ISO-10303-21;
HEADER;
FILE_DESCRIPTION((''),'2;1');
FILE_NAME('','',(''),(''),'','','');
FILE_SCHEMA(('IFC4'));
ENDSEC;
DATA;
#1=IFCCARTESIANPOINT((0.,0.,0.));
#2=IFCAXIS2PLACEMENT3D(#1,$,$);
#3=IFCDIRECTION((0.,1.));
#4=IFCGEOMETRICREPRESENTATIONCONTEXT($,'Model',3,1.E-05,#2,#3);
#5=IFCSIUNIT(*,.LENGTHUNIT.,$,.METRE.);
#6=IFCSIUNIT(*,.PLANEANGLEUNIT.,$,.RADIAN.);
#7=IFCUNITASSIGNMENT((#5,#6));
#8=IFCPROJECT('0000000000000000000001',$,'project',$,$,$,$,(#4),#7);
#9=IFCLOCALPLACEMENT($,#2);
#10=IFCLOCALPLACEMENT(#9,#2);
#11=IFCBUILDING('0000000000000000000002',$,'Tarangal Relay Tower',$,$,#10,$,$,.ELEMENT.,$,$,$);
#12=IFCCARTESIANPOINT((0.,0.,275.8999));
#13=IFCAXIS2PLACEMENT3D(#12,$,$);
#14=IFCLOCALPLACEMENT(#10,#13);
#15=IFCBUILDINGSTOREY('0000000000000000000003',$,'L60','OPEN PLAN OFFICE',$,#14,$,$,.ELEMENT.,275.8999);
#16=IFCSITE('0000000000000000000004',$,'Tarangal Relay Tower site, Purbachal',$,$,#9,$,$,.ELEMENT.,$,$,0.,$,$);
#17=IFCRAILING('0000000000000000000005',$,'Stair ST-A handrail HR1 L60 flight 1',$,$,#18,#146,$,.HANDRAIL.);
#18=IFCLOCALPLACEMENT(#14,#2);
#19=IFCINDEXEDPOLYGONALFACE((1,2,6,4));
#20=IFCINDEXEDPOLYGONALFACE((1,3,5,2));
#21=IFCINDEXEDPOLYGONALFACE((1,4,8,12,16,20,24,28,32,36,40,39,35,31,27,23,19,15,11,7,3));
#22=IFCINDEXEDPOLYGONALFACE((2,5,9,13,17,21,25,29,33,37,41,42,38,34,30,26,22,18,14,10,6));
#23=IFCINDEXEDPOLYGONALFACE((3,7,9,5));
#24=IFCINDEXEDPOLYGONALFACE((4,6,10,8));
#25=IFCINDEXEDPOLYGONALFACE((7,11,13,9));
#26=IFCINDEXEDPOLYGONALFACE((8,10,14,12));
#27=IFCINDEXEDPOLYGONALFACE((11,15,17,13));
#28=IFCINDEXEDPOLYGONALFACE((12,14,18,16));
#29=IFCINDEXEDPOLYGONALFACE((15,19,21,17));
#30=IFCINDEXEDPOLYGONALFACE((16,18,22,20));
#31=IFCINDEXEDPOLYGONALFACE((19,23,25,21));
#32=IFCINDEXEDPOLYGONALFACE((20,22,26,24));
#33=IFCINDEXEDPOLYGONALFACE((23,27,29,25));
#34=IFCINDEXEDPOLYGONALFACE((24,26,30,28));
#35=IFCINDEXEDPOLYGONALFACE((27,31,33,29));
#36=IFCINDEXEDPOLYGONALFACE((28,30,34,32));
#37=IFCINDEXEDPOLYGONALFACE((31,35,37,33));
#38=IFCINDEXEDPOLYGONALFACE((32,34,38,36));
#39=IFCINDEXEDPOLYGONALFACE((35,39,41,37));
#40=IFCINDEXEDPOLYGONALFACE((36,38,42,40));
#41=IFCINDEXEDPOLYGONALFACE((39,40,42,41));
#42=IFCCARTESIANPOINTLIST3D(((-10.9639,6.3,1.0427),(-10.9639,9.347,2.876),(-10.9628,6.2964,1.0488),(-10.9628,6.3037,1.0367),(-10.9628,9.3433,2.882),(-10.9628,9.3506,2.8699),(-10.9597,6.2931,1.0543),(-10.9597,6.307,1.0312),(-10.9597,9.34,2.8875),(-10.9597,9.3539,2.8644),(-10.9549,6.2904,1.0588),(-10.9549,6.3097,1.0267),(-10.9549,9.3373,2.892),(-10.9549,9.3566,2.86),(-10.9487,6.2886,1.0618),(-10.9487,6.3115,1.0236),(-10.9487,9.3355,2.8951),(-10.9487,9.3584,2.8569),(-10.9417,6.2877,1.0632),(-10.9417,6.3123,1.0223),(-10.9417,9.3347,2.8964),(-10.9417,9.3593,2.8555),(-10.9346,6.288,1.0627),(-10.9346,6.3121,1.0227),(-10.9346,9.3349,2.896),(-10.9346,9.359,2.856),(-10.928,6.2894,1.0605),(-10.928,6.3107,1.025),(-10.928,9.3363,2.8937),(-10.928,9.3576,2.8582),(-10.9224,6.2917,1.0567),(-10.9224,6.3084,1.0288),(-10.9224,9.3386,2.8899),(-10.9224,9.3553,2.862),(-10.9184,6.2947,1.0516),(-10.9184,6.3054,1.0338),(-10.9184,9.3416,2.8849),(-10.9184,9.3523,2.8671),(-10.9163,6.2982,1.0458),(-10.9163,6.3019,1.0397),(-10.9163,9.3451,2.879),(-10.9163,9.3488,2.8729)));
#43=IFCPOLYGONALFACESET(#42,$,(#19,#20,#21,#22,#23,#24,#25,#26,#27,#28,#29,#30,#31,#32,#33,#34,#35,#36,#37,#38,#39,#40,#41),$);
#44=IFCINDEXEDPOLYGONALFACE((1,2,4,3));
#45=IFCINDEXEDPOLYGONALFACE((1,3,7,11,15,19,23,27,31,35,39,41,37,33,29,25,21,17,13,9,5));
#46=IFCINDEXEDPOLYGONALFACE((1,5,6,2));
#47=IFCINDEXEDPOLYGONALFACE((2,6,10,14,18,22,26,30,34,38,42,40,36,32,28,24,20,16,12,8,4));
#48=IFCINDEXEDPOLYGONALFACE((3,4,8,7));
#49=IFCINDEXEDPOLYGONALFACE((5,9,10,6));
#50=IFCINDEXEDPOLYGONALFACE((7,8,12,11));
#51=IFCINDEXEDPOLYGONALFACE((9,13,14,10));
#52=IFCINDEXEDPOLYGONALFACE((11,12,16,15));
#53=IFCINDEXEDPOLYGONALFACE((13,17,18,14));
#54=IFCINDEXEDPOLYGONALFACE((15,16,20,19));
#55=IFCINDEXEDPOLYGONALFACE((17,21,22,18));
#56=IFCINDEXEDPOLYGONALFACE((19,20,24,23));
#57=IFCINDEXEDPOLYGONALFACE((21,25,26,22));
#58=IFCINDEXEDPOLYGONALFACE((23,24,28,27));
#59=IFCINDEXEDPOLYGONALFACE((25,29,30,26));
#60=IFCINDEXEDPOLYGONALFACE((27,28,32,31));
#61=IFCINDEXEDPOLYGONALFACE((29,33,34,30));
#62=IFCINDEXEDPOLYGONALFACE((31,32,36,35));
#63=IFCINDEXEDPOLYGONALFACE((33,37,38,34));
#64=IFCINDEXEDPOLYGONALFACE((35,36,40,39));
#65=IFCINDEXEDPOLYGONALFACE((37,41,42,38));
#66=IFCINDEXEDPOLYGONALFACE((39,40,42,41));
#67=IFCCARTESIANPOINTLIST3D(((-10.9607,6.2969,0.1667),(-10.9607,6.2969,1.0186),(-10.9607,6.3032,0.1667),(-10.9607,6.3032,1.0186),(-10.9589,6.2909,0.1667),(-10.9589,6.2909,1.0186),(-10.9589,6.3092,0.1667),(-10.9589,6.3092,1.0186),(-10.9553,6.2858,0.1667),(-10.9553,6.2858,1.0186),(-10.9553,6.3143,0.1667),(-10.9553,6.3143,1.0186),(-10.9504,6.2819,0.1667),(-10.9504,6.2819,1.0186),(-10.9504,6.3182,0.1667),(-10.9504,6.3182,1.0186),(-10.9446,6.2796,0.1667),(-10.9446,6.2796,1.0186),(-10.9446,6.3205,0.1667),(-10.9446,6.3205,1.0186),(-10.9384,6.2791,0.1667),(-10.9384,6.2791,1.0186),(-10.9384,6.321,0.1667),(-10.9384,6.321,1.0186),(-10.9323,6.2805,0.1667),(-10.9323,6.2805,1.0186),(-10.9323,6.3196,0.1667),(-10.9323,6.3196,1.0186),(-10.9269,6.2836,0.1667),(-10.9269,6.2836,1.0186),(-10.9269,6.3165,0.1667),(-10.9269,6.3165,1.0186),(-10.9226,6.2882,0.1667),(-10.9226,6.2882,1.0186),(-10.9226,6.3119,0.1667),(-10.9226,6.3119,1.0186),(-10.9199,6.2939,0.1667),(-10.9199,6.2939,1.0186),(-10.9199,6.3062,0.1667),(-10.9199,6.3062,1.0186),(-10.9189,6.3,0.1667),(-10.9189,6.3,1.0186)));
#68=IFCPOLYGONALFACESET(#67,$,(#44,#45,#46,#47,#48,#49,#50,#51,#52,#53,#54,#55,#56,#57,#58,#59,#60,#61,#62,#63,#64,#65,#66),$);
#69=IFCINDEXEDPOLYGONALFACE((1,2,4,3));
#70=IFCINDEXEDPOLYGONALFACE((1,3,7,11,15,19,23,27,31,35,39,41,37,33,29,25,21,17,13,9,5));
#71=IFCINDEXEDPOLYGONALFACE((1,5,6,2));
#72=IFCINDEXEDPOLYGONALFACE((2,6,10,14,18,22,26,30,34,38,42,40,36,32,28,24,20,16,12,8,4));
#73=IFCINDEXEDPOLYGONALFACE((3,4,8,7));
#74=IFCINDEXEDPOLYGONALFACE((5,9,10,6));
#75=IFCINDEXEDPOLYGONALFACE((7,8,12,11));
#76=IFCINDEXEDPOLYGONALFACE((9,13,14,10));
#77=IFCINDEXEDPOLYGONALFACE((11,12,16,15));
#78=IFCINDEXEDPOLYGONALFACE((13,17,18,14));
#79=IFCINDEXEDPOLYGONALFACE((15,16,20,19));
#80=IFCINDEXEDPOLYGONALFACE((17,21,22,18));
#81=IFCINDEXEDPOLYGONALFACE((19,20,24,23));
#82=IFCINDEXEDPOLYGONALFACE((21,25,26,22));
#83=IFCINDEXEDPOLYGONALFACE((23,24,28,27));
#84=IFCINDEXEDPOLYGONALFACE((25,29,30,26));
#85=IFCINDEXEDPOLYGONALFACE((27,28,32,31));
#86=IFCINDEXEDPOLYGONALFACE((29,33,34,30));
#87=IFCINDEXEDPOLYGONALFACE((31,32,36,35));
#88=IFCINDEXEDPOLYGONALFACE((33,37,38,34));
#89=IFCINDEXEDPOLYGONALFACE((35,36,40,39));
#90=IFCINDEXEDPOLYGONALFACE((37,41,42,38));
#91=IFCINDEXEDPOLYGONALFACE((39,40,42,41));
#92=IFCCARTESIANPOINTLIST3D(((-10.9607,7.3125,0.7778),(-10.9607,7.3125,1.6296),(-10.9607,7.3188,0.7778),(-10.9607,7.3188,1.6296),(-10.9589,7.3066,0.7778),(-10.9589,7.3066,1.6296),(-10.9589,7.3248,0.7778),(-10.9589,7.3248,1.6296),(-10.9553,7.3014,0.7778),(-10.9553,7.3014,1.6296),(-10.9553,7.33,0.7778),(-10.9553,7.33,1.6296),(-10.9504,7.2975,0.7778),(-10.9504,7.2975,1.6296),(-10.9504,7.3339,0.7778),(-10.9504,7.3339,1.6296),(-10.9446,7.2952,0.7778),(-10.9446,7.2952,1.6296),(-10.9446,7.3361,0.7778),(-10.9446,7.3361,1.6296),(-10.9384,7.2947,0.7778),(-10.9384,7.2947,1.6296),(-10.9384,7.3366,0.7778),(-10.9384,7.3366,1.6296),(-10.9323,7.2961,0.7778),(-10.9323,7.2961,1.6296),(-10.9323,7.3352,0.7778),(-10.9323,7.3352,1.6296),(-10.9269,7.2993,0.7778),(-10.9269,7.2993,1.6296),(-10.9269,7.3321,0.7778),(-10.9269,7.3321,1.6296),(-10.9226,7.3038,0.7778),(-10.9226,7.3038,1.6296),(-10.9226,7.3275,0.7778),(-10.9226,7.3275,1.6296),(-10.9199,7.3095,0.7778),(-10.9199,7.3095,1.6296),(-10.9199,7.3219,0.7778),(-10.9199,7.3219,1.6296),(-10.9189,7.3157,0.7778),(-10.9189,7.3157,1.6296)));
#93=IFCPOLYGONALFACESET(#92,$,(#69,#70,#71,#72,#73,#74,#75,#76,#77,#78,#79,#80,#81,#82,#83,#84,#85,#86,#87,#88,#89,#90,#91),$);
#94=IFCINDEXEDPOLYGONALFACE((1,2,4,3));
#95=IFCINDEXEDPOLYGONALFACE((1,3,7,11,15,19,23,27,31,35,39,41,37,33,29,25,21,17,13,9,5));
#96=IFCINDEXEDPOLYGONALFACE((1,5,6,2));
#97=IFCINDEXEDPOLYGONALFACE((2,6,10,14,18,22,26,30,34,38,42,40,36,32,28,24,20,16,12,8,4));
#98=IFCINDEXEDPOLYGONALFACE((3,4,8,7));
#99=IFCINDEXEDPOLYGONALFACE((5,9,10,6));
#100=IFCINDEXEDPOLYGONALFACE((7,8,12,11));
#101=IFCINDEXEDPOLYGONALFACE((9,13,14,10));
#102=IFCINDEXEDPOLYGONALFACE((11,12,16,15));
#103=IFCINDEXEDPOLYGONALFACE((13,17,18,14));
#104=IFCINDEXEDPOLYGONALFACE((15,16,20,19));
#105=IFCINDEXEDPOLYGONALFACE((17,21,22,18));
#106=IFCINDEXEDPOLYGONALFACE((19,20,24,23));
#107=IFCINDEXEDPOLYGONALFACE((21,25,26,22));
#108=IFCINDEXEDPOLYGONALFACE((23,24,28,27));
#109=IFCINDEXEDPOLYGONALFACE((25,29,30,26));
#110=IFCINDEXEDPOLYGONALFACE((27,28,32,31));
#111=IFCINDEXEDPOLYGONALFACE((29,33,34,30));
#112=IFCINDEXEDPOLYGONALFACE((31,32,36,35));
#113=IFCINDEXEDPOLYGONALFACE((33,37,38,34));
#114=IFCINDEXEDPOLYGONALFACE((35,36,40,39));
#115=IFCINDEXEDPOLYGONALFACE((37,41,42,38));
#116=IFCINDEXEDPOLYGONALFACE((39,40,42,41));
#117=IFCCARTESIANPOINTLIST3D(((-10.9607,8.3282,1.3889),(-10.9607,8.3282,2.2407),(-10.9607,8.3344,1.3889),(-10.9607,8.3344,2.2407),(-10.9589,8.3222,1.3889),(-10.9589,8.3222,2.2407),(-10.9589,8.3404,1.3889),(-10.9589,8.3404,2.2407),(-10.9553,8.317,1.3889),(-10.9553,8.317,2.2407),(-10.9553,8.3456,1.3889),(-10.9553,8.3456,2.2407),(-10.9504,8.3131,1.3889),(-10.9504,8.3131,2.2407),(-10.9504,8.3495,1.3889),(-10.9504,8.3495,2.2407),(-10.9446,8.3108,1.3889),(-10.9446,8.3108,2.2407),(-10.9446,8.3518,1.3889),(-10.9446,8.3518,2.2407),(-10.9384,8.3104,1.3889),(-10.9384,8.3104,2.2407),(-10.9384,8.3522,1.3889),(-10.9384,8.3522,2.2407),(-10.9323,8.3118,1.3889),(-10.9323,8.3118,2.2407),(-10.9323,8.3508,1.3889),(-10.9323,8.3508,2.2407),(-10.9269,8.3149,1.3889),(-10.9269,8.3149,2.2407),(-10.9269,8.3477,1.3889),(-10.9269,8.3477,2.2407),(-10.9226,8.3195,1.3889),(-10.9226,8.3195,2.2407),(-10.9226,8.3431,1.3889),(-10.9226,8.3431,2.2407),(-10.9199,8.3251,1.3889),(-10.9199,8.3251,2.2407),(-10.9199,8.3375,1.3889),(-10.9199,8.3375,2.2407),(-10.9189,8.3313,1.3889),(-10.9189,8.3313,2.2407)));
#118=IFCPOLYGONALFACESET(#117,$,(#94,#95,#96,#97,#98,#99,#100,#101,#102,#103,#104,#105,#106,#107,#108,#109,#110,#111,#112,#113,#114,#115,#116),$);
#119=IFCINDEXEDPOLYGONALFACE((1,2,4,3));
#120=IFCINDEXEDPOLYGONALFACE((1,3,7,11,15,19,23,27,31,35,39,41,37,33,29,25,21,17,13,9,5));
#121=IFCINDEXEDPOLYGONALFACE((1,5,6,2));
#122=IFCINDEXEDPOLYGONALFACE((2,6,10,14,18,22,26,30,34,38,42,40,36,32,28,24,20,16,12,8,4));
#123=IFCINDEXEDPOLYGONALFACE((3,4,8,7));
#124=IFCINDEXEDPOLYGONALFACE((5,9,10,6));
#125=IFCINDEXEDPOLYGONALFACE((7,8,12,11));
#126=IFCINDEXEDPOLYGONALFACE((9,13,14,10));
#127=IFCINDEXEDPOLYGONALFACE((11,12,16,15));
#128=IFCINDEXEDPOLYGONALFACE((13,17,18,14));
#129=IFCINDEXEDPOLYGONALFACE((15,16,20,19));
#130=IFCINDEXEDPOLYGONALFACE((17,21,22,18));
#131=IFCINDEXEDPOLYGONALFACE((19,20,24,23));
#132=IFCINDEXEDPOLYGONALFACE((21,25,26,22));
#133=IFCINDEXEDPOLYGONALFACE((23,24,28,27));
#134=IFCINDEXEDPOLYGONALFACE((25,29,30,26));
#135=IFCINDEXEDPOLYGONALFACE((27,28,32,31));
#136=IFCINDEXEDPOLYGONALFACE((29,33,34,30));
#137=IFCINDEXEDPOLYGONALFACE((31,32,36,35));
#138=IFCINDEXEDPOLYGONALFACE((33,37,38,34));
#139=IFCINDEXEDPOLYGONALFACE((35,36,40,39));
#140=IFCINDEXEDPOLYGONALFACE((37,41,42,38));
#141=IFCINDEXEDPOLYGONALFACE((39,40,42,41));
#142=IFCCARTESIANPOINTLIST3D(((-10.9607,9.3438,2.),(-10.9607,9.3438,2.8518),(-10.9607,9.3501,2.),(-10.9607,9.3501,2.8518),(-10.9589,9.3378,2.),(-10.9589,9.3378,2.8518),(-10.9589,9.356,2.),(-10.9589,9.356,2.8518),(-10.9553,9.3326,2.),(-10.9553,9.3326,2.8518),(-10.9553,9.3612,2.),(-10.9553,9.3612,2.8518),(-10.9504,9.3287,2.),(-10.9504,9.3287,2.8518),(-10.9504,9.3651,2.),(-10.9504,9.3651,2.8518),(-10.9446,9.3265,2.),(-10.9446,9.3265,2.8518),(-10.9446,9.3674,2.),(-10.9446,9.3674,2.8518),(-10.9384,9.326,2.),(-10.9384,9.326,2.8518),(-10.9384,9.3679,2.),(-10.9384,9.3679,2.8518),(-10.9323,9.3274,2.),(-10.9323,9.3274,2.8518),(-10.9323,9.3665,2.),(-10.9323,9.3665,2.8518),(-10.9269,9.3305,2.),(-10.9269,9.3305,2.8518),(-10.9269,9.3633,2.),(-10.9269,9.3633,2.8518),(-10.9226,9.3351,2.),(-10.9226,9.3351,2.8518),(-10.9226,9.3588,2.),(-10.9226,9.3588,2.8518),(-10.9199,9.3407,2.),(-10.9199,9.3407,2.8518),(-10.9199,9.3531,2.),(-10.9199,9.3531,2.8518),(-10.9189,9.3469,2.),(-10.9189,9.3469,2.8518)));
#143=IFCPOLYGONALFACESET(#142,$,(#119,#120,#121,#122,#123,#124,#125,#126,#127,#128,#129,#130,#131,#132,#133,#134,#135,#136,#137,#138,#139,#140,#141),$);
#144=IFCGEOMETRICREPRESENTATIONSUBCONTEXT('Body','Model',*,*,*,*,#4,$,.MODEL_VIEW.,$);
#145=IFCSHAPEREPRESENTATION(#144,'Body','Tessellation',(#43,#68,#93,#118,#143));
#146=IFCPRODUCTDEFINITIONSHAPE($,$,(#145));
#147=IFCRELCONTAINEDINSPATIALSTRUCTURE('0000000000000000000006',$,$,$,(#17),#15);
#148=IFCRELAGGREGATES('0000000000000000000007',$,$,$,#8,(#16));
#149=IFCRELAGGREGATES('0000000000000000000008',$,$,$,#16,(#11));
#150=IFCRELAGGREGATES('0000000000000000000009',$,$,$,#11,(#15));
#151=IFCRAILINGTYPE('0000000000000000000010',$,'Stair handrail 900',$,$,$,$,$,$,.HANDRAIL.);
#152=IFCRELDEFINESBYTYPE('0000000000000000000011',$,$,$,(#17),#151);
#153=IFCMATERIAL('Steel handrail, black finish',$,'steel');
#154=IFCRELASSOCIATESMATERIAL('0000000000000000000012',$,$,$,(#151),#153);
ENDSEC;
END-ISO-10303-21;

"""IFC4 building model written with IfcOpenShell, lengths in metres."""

from ifc_helpers import new_model, si_unit, direction, frame, origin, origin_2d, place, context, subcontext, project, spatial, circle, extrude, material, type_object, element, save


model = new_model("IFC4")

# Units and contexts
model_context = context("Model", 3, precision=1e-05, world=origin(), true_north=direction((0.0, 1.0)))
body_context = subcontext(model_context, "Body", "Model", "MODEL_VIEW")
ifc_project = project(units=[si_unit("LENGTHUNIT", "METRE"), si_unit("PLANEANGLEUNIT", "RADIAN")], contexts=[model_context])

# Site, building, storey
site_placement = place(None, origin())
site = spatial("IfcSite", under=ifc_project, at=site_placement, Name="Tarangal Relay Tower site, Purbachal", CompositionType="ELEMENT", RefElevation=0.0)
building_placement = place(site_placement, origin())
building = spatial("IfcBuilding", under=site, at=building_placement, Name="Tarangal Relay Tower", CompositionType="ELEMENT")
storey_placement = place(building_placement, frame((0.0, 0.0, 275.8999)))
storey = spatial("IfcBuildingStorey", under=building, at=storey_placement, Name="L60", Description="OPEN PLAN OFFICE", CompositionType="ELEMENT", Elevation=275.8999)

# Railing
ifc_material_1 = material(Name="Steel handrail, black finish", Category="steel")
railing_type_1 = type_object("IfcRailingType", Name="Stair handrail 900", PredefinedType="HANDRAIL", material=ifc_material_1)
railing_1_placement = place(storey_placement, frame((-10.9399, 6.3, 0.1667)))
element("IfcRailing", 1, at=railing_1_placement, inside=storey, type_object=railing_type_1, Name="Stair ST-A handrail HR1 L60 flight 1", PredefinedType="HANDRAIL", context=body_context, shape_type="SweptSolid", body=[
    extrude(circle(Radius=0.0239, at=origin_2d()), frame((0.0, 0.0, 0.876), z_axis=(0.0, 0.856856, 0.515556), x_axis=(-1.0, 0.0, 0.0)), (0.0, 0.0, 1.0), 3.5559),
    extrude(circle(Radius=0.021, at=origin_2d()), origin(), (0.0, 0.0, 1.0), 0.8518),
    extrude(circle(Radius=0.021, at=origin_2d()), frame((0.0, 1.0156, 0.6111)), (0.0, 0.0, 1.0), 0.8518),
    extrude(circle(Radius=0.021, at=origin_2d()), frame((0.0, 2.0312, 1.2222)), (0.0, 0.0, 1.0), 0.8518),
    extrude(circle(Radius=0.021, at=origin_2d()), frame((0.0, 3.0469, 1.8333)), (0.0, 0.0, 1.0), 0.8518),
])

save(model, "model.ifc")
